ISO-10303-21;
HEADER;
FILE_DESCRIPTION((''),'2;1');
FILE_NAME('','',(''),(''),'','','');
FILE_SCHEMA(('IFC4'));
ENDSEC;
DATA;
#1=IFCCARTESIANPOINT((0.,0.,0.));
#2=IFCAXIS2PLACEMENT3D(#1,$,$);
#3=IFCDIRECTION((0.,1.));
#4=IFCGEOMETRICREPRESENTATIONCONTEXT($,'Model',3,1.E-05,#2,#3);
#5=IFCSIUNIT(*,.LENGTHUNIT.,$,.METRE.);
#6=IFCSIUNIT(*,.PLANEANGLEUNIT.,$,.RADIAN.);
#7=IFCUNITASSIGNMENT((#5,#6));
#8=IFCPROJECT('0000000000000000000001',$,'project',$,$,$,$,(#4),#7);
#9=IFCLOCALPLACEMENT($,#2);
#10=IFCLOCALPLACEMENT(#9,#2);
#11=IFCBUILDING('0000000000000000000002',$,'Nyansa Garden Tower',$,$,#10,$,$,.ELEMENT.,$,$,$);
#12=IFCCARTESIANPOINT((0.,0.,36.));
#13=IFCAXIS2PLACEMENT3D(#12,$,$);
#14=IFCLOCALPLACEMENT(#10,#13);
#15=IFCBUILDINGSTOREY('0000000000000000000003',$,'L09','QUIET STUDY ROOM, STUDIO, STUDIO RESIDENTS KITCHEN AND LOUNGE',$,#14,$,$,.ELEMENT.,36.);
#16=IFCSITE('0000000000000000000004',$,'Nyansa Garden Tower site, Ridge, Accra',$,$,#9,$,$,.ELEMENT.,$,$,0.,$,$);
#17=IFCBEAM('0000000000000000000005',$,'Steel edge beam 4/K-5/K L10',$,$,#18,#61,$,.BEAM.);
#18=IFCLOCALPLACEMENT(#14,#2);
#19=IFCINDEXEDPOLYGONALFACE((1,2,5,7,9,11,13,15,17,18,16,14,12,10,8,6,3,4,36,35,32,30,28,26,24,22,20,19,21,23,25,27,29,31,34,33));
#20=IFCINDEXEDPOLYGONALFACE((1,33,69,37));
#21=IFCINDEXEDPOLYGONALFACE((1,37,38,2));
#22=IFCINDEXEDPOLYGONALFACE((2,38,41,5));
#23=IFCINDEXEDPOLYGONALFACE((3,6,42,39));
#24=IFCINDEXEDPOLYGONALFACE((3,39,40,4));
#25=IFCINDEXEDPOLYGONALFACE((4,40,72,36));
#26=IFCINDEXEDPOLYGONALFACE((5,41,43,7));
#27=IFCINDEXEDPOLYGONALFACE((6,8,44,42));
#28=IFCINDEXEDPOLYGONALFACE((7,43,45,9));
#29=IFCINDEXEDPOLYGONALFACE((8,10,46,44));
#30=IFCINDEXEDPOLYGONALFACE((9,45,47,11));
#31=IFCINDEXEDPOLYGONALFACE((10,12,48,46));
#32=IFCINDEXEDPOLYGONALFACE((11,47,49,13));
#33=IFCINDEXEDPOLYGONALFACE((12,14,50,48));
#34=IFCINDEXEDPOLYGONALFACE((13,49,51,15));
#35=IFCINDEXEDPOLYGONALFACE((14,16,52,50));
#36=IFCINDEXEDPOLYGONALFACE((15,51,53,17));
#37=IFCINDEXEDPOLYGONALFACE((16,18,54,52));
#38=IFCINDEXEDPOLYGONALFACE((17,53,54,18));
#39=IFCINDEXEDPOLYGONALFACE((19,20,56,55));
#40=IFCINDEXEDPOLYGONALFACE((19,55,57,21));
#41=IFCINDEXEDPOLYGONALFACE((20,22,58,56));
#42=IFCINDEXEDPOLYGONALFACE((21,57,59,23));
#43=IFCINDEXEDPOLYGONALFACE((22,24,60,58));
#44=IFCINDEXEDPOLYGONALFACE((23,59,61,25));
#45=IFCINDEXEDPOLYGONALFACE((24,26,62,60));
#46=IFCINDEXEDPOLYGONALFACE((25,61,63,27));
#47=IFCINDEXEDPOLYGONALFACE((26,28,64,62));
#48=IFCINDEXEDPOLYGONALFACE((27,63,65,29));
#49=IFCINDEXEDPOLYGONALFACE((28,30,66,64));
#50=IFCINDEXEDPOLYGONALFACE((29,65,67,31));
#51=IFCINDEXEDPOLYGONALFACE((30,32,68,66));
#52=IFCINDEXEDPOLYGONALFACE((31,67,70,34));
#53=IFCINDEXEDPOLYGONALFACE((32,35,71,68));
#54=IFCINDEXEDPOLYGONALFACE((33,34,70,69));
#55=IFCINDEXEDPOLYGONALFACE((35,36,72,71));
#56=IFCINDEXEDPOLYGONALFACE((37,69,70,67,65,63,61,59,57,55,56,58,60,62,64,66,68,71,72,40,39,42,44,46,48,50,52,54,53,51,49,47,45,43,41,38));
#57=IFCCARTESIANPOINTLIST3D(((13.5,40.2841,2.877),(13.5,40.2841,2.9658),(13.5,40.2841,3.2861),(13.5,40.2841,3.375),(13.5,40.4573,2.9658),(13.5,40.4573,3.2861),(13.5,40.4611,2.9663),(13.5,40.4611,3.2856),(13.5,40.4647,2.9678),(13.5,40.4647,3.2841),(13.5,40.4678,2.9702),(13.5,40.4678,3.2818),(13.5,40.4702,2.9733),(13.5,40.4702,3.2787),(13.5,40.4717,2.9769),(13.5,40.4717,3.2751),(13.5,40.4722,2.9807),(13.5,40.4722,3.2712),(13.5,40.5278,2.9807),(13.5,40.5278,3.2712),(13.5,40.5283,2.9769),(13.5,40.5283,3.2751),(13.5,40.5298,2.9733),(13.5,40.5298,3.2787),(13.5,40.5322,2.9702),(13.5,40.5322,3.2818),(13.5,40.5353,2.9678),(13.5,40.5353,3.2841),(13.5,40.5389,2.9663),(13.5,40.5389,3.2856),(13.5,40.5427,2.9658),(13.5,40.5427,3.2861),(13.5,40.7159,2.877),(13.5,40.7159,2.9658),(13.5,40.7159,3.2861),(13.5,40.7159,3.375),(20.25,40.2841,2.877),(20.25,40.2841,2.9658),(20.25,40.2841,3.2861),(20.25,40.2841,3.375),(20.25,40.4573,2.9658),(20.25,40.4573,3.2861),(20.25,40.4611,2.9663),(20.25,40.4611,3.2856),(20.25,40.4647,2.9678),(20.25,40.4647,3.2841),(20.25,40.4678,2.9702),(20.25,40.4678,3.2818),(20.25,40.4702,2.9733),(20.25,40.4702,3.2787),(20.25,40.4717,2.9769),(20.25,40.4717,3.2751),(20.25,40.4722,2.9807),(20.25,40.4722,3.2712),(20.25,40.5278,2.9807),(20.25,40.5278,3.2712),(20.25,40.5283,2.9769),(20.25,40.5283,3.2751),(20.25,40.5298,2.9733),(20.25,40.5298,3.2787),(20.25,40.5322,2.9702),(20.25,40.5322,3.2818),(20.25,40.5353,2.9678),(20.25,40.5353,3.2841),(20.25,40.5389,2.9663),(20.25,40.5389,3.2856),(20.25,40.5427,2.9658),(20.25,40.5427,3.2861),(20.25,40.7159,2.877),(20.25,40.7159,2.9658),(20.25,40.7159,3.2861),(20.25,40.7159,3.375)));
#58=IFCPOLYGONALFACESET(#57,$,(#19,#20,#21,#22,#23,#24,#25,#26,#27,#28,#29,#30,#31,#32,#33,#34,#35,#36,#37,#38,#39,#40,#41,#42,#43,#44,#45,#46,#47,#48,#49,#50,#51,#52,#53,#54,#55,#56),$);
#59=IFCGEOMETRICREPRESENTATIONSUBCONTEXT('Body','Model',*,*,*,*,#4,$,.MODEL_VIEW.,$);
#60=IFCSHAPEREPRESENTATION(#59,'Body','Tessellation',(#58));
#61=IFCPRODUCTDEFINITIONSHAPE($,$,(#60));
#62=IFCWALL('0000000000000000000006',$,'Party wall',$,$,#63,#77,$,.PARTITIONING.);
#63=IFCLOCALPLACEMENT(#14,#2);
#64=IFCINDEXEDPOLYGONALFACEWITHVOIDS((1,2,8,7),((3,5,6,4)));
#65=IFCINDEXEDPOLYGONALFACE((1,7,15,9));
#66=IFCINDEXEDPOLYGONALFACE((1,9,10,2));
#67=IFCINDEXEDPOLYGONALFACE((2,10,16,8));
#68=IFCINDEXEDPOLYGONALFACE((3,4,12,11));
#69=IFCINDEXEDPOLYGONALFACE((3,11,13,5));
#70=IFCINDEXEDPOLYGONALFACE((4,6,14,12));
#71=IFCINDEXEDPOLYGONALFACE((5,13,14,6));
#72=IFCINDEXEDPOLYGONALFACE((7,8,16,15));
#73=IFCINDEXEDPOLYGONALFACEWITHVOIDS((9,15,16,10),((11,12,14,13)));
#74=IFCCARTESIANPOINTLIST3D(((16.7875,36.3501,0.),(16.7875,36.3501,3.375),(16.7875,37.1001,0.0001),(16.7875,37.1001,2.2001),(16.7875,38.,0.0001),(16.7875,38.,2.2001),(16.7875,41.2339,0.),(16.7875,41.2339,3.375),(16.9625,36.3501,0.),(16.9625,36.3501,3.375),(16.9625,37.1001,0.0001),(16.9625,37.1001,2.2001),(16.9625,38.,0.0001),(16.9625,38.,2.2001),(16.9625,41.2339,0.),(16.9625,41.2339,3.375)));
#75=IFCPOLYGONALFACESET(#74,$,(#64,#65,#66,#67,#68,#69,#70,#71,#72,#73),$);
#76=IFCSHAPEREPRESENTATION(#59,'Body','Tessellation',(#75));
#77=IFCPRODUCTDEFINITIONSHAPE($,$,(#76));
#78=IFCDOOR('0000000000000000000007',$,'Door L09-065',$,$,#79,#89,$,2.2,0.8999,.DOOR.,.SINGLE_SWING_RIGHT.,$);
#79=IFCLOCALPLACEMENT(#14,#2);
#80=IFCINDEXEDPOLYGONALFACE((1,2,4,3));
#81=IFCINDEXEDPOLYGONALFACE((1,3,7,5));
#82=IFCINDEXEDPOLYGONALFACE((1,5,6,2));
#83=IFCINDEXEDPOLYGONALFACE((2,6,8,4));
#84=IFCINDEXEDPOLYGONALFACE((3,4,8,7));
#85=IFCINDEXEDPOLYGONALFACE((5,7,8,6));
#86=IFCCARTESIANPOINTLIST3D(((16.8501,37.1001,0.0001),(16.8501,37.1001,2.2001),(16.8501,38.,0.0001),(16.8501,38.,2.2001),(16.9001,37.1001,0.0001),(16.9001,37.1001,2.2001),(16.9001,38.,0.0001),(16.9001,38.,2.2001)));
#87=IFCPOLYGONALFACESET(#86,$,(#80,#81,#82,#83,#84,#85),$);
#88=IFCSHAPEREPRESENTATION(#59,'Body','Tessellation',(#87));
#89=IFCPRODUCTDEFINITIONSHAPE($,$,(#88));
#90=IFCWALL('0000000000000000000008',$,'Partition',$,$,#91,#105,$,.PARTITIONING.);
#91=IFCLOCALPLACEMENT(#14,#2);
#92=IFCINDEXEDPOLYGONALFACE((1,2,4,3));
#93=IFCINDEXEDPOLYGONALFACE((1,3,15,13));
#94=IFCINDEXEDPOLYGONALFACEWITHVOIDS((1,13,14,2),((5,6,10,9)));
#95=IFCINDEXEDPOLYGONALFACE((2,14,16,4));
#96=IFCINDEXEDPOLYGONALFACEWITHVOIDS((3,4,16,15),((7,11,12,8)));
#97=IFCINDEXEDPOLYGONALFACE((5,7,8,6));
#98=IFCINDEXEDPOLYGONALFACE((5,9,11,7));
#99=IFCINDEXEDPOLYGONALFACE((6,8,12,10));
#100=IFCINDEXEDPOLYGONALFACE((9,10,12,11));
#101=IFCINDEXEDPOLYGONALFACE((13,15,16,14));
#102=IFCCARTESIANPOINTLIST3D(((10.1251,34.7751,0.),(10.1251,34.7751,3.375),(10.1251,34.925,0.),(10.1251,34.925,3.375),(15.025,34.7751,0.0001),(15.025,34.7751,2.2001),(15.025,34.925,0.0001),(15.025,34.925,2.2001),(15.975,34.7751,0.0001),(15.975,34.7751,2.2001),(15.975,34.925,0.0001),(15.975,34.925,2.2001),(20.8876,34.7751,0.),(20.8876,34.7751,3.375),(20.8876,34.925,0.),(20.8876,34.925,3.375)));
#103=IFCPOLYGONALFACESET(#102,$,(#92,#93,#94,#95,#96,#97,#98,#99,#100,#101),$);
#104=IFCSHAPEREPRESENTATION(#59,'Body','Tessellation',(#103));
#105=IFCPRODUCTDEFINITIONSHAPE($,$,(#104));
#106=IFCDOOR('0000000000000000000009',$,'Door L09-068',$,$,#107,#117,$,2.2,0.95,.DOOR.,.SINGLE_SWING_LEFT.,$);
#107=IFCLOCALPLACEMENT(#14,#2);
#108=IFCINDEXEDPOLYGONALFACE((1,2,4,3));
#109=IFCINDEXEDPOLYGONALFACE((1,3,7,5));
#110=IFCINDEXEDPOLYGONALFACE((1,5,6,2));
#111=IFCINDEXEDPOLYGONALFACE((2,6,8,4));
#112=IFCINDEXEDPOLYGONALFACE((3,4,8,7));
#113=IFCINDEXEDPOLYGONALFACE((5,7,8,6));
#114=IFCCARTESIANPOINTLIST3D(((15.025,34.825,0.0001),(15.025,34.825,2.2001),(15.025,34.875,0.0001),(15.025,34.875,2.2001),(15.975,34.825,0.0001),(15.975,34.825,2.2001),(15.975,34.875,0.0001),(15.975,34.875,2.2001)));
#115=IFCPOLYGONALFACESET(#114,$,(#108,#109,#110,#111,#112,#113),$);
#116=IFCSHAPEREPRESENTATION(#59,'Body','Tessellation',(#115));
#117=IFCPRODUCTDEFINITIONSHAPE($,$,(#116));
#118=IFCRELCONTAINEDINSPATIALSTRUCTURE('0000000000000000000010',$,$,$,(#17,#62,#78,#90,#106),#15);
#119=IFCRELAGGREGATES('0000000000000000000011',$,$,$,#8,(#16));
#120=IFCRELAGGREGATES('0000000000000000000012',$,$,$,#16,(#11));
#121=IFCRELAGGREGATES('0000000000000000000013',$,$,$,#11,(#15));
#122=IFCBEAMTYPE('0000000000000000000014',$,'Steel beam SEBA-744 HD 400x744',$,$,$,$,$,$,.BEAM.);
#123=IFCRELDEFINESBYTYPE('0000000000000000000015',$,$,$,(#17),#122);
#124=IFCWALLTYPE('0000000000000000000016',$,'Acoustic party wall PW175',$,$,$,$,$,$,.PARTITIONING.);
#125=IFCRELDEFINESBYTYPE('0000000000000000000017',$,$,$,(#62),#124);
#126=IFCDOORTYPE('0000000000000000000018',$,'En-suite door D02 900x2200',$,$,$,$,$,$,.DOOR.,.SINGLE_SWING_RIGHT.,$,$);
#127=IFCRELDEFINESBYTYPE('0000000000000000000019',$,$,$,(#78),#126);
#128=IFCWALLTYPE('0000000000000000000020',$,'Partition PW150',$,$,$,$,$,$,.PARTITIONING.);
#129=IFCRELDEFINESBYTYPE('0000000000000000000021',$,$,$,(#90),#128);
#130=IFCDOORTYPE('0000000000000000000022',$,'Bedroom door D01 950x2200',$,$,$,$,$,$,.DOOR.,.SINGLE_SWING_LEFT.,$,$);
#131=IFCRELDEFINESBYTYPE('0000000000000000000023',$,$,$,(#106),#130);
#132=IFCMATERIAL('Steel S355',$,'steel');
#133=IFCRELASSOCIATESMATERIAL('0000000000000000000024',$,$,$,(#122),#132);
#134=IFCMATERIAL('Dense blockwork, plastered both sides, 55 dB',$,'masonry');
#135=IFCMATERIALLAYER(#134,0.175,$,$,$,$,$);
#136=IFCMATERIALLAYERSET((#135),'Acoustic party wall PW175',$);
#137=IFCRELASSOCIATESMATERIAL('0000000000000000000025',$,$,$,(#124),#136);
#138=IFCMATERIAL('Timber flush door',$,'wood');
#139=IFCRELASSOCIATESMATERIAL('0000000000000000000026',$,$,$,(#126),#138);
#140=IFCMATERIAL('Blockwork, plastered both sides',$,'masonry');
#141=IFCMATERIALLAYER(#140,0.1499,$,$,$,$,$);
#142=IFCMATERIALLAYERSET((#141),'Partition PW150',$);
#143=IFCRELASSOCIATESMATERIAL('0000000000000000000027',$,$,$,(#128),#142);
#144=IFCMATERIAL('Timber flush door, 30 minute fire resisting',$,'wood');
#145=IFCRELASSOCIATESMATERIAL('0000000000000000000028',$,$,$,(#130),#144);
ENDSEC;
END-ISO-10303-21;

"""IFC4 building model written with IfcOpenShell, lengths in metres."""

from ifc_helpers import new_model, si_unit, direction, frame, frame_2d, origin, origin_2d, place, context, subcontext, project, spatial, rectangle, i_section, extrude, material, layer, layer_set, material_profile, profile_set, type_object, element, fill, save


model = new_model("IFC4")

# Units and contexts
model_context = context("Model", 3, precision=1e-05, world=origin(), true_north=direction((0.0, 1.0)))
body_context = subcontext(model_context, "Body", "Model", "MODEL_VIEW")
ifc_project = project(units=[si_unit("LENGTHUNIT", "METRE"), si_unit("PLANEANGLEUNIT", "RADIAN")], contexts=[model_context])

# Site, building, storey
site_placement = place(None, origin())
site = spatial("IfcSite", under=ifc_project, at=site_placement, Name="Nyansa Garden Tower site, Ridge, Accra", CompositionType="ELEMENT", RefElevation=0.0)
building_placement = place(site_placement, origin())
building = spatial("IfcBuilding", under=site, at=building_placement, Name="Nyansa Garden Tower", CompositionType="ELEMENT")
storey_placement = place(building_placement, frame((0.0, 0.0, 36.0)))
storey = spatial("IfcBuildingStorey", under=building, at=storey_placement, Name="L09", Description="QUIET STUDY ROOM, STUDIO, STUDIO RESIDENTS KITCHEN AND LOUNGE", CompositionType="ELEMENT", Elevation=36.0)

# Beam
ifc_material_1 = material(Name="Steel S355", Category="steel")
ifc_material_profile_1 = material_profile(ifc_material_1, i_section(OverallWidth=0.4319, OverallDepth=0.498, WebThickness=0.0557, FlangeThickness=0.0889, FilletRadius=0.0149, at=origin_2d()), Name="HD 400x744")
ifc_profile_set_1 = profile_set([ifc_material_profile_1], Name="Steel S355")
beam_type_1 = type_object("IfcBeamType", Name="Steel beam SEBA-744 HD 400x744", PredefinedType="BEAM", material=ifc_profile_set_1)
beam_1_placement = place(storey_placement, frame((13.5, 40.5, 3.126), z_axis=(1.0, 0.0, 0.0), x_axis=(0.0, 1.0, 0.0)))
element("IfcBeam", 1, at=beam_1_placement, inside=storey, type_object=beam_type_1, Name="Steel edge beam 4/K-5/K L10", PredefinedType="BEAM", context=body_context, shape_type="SweptSolid", body=[
    extrude(i_section(OverallWidth=0.4319, OverallDepth=0.498, WebThickness=0.0557, FlangeThickness=0.0889, FilletRadius=0.0149, at=origin_2d()), origin(), (0.0, 0.0, 1.0), 6.75),
])

# Walls, openings, doors
ifc_material_2 = material(Name="Dense blockwork, plastered both sides, 55 dB", Category="masonry")
ifc_layer_1 = layer(ifc_material_2, 0.175)
ifc_layer_set_1 = layer_set([ifc_layer_1], Name="Acoustic party wall PW175")
wall_type_1 = type_object("IfcWallType", Name="Acoustic party wall PW175", PredefinedType="PARTITIONING", material=ifc_layer_set_1)
wall_1_placement = place(storey_placement, frame((16.875, 36.3501, 0.0), z_axis=(0.0, 0.0, 1.0), x_axis=(0.0, 1.0, 0.0)))
wall_1 = element("IfcWall", 2, at=wall_1_placement, inside=storey, type_object=wall_type_1, Name="Party wall", PredefinedType="PARTITIONING", context=body_context, shape_type="SweptSolid", body=[
    extrude(rectangle(XDim=4.8838, YDim=0.175, at=frame_2d((2.4419, 0.0))), origin(), (0.0, 0.0, 1.0), 3.375),
])
opening_1_placement = place(wall_1_placement, frame((0.75, 0.0, 0.0)))
opening_1 = element("IfcOpeningElement", 3, at=opening_1_placement, cuts=wall_1, PredefinedType="OPENING", context=body_context, shape_type="SweptSolid", body=[
    extrude(rectangle(XDim=0.8999, YDim=2.2, at=frame_2d((0.45, 1.1001))), frame((0.0, 0.0974, 0.0), z_axis=(0.0, -1.0, 0.0), x_axis=(1.0, 0.0, 0.0)), (0.0, 0.0, 1.0), 0.1951),
])
ifc_material_3 = material(Name="Timber flush door", Category="wood")
door_type_1 = type_object("IfcDoorType", Name="En-suite door D02 900x2200", OperationType="SINGLE_SWING_RIGHT", PredefinedType="DOOR", material=ifc_material_3)
door_1_placement = place(opening_1_placement, origin())
door_1 = element("IfcDoor", 4, at=door_1_placement, inside=storey, type_object=door_type_1, Name="Door L09-065", OperationType="SINGLE_SWING_RIGHT", OverallHeight=2.2, OverallWidth=0.8999, PredefinedType="DOOR", context=body_context, shape_type="SweptSolid", body=[
    extrude(rectangle(XDim=0.8999, YDim=2.2, at=frame_2d((0.45, 1.1001))), frame((0.0, 0.0249, 0.0), z_axis=(0.0, -1.0, 0.0), x_axis=(1.0, 0.0, 0.0)), (0.0, 0.0, 1.0), 0.05),
])
fill(opening_1, door_1)
ifc_material_4 = material(Name="Blockwork, plastered both sides", Category="masonry")
ifc_layer_2 = layer(ifc_material_4, 0.1499)
ifc_layer_set_2 = layer_set([ifc_layer_2], Name="Partition PW150")
wall_type_2 = type_object("IfcWallType", Name="Partition PW150", PredefinedType="PARTITIONING", material=ifc_layer_set_2)
wall_2_placement = place(storey_placement, frame((10.125, 34.8501, 0.0), z_axis=(0.0, 0.0, 1.0), x_axis=(1.0, 0.0, 0.0)))
wall_2 = element("IfcWall", 5, at=wall_2_placement, inside=storey, type_object=wall_type_2, Name="Partition", PredefinedType="PARTITIONING", context=body_context, shape_type="SweptSolid", body=[
    extrude(rectangle(XDim=10.7625, YDim=0.1499, at=frame_2d((5.3813, 0.0))), origin(), (0.0, 0.0, 1.0), 3.375),
])
opening_2_placement = place(wall_2_placement, frame((4.8999, 0.0, 0.0)))
opening_2 = element("IfcOpeningElement", 6, at=opening_2_placement, cuts=wall_2, PredefinedType="OPENING", context=body_context, shape_type="SweptSolid", body=[
    extrude(rectangle(XDim=0.95, YDim=2.2, at=frame_2d((0.4751, 1.1001))), frame((0.0, 0.085, 0.0), z_axis=(0.0, -1.0, 0.0), x_axis=(1.0, 0.0, 0.0)), (0.0, 0.0, 1.0), 0.1699),
])
ifc_material_5 = material(Name="Timber flush door, 30 minute fire resisting", Category="wood")
door_type_2 = type_object("IfcDoorType", Name="Bedroom door D01 950x2200", OperationType="SINGLE_SWING_LEFT", PredefinedType="DOOR", material=ifc_material_5)
door_2_placement = place(opening_2_placement, origin())
door_2 = element("IfcDoor", 7, at=door_2_placement, inside=storey, type_object=door_type_2, Name="Door L09-068", OperationType="SINGLE_SWING_LEFT", OverallHeight=2.2, OverallWidth=0.95, PredefinedType="DOOR", context=body_context, shape_type="SweptSolid", body=[
    extrude(rectangle(XDim=0.95, YDim=2.2, at=frame_2d((0.4751, 1.1001))), frame((0.0, 0.0249, 0.0), z_axis=(0.0, -1.0, 0.0), x_axis=(1.0, 0.0, 0.0)), (0.0, 0.0, 1.0), 0.05),
])
fill(opening_2, door_2)

save(model, "model.ifc")
